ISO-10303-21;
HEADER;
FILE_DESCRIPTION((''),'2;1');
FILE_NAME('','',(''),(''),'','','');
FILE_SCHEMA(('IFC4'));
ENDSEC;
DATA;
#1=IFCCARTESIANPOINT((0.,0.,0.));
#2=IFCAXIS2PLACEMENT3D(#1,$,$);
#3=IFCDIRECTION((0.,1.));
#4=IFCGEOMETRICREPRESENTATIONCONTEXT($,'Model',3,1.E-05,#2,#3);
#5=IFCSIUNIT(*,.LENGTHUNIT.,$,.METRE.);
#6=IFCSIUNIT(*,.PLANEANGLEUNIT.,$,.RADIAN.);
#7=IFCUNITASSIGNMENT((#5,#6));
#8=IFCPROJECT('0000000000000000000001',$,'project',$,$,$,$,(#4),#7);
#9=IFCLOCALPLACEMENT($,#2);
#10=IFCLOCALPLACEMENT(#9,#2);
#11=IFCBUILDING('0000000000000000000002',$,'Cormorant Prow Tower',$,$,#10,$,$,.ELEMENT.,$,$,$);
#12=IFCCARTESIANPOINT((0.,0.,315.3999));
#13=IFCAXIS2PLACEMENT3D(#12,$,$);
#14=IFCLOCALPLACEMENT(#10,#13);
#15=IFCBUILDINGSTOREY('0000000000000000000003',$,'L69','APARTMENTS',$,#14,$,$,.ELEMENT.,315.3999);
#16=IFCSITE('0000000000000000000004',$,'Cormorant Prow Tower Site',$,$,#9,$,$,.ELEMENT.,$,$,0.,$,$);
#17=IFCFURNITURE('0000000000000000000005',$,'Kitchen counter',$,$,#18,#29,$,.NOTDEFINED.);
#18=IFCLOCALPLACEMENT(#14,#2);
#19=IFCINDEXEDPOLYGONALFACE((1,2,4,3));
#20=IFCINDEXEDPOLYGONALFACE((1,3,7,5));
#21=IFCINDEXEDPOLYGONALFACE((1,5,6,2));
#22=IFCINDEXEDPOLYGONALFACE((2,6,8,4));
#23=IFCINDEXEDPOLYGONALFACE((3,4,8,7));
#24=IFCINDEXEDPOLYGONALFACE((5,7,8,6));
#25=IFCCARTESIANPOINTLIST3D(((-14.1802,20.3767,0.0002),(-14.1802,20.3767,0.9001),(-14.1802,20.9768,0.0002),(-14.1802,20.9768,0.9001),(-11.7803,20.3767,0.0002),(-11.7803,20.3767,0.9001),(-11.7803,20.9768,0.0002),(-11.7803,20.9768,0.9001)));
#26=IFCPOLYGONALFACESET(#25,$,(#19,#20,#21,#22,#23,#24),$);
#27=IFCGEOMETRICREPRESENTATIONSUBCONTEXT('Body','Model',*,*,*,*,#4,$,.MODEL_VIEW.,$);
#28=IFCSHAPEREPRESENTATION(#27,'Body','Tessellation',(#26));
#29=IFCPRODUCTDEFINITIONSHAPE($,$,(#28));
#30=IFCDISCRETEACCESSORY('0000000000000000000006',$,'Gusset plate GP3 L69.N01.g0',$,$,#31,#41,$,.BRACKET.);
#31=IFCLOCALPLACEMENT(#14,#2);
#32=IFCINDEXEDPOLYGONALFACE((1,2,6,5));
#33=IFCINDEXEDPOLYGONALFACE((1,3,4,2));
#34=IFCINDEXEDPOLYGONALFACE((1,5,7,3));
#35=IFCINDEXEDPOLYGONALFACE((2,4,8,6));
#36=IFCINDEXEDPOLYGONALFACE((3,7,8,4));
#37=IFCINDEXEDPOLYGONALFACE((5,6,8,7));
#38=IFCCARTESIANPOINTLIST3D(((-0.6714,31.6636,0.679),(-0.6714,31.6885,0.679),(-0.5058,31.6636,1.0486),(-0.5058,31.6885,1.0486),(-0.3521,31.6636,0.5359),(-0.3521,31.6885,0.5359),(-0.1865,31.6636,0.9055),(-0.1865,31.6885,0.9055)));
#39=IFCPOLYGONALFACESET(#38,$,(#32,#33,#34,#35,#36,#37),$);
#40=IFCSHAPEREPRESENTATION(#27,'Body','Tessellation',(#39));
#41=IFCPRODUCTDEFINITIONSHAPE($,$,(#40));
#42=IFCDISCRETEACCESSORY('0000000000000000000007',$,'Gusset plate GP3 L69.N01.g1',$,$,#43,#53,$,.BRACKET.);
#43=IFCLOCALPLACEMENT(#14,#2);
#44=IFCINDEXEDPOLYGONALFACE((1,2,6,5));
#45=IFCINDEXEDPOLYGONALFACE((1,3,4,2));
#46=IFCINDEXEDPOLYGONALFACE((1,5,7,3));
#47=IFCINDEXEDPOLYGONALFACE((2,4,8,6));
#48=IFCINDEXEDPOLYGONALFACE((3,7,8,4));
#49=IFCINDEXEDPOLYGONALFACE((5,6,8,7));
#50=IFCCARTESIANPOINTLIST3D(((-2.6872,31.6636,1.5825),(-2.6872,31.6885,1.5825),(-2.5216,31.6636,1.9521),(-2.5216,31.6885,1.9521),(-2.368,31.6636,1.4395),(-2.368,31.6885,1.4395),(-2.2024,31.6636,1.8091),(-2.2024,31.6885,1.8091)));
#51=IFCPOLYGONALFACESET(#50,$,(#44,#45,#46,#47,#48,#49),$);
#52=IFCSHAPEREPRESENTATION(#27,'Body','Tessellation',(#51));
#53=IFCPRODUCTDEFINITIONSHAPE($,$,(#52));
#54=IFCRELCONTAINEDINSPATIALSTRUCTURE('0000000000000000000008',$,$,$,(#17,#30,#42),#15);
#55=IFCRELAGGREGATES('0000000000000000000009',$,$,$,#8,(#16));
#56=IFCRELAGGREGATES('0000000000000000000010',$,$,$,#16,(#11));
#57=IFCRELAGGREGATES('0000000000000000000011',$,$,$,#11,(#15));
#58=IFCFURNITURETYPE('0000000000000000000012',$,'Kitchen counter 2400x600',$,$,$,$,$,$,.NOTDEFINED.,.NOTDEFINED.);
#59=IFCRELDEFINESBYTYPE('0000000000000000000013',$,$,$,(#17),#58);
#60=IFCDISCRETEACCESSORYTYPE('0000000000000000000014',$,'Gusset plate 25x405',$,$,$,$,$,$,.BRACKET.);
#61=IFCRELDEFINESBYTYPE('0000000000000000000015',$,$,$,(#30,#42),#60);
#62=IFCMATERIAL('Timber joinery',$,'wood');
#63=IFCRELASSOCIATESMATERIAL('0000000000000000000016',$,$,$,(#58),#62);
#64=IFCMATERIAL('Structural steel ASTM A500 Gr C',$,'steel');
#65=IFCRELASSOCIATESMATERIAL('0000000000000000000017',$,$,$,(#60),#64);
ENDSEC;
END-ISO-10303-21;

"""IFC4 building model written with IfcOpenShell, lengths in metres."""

from ifc_helpers import new_model, si_unit, direction, frame, origin, origin_2d, place, context, subcontext, project, spatial, rectangle, extrude, material, material_profile, profile_set, type_object, element, save


model = new_model("IFC4")

# Units and contexts
model_context = context("Model", 3, precision=1e-05, world=origin(), true_north=direction((0.0, 1.0)))
body_context = subcontext(model_context, "Body", "Model", "MODEL_VIEW")
ifc_project = project(units=[si_unit("LENGTHUNIT", "METRE"), si_unit("PLANEANGLEUNIT", "RADIAN")], contexts=[model_context])

# Site, building, storey
site_placement = place(None, origin())
site = spatial("IfcSite", under=ifc_project, at=site_placement, Name="Cormorant Prow Tower Site", CompositionType="ELEMENT", RefElevation=0.0)
building_placement = place(site_placement, origin())
building = spatial("IfcBuilding", under=site, at=building_placement, Name="Cormorant Prow Tower", CompositionType="ELEMENT")
storey_placement = place(building_placement, frame((0.0, 0.0, 315.3999)))
storey = spatial("IfcBuildingStorey", under=building, at=storey_placement, Name="L69", Description="APARTMENTS", CompositionType="ELEMENT", Elevation=315.3999)

# Furniture
ifc_material_1 = material(Name="Timber joinery", Category="wood")
furniture_type = type_object("IfcFurnitureType", Name="Kitchen counter 2400x600", AssemblyPlace="NOTDEFINED", PredefinedType="NOTDEFINED", material=ifc_material_1)
furniture_placement = place(storey_placement, frame((-12.9802, 20.6768, 0.0002), z_axis=(0.0, 0.0, 1.0), x_axis=(1.0, 0.0, 0.0)))
element("IfcFurniture", 1, at=furniture_placement, inside=storey, type_object=furniture_type, Name="Kitchen counter", PredefinedType="NOTDEFINED", context=body_context, shape_type="SweptSolid", body=[
    extrude(rectangle(XDim=2.3999, YDim=0.6001, at=origin_2d()), origin(), (0.0, 0.0, 1.0), 0.8999),
])

# Discrete accessories
ifc_material_2 = material(Name="Structural steel ASTM A500 Gr C", Category="steel")
ifc_material_profile_1 = material_profile(ifc_material_2, rectangle(XDim=0.0249, YDim=0.405, at=origin_2d()), Name="Gusset plate 25x405")
ifc_profile_set_1 = profile_set([ifc_material_profile_1], Name="Structural steel ASTM A500 Gr C")
discrete_accessory_type = type_object("IfcDiscreteAccessoryType", Name="Gusset plate 25x405", PredefinedType="BRACKET", material=ifc_profile_set_1)
for number, where, z_axis, x_axis, name in (
    (2, (-0.5886, 31.676, 0.8638), (0.912599, 0.0, -0.408856), (0.0, 1.0, 0.0), "Gusset plate GP3 L69.N01.g0"),
    (3, (-2.2852, 31.676, 1.6243), (-0.912599, 0.0, 0.408856), (0.0, -1.0, 0.0), "Gusset plate GP3 L69.N01.g1"),
):
    element("IfcDiscreteAccessory", number, at=place(storey_placement, frame(where, z_axis=z_axis, x_axis=x_axis)), inside=storey, type_object=discrete_accessory_type, Name=name, PredefinedType="BRACKET", context=body_context, shape_type="SweptSolid", body=[
        extrude(rectangle(XDim=0.0249, YDim=0.405, at=origin_2d()), origin(), (0.0, 0.0, 1.0), 0.3499),
    ])

save(model, "model.ifc")
